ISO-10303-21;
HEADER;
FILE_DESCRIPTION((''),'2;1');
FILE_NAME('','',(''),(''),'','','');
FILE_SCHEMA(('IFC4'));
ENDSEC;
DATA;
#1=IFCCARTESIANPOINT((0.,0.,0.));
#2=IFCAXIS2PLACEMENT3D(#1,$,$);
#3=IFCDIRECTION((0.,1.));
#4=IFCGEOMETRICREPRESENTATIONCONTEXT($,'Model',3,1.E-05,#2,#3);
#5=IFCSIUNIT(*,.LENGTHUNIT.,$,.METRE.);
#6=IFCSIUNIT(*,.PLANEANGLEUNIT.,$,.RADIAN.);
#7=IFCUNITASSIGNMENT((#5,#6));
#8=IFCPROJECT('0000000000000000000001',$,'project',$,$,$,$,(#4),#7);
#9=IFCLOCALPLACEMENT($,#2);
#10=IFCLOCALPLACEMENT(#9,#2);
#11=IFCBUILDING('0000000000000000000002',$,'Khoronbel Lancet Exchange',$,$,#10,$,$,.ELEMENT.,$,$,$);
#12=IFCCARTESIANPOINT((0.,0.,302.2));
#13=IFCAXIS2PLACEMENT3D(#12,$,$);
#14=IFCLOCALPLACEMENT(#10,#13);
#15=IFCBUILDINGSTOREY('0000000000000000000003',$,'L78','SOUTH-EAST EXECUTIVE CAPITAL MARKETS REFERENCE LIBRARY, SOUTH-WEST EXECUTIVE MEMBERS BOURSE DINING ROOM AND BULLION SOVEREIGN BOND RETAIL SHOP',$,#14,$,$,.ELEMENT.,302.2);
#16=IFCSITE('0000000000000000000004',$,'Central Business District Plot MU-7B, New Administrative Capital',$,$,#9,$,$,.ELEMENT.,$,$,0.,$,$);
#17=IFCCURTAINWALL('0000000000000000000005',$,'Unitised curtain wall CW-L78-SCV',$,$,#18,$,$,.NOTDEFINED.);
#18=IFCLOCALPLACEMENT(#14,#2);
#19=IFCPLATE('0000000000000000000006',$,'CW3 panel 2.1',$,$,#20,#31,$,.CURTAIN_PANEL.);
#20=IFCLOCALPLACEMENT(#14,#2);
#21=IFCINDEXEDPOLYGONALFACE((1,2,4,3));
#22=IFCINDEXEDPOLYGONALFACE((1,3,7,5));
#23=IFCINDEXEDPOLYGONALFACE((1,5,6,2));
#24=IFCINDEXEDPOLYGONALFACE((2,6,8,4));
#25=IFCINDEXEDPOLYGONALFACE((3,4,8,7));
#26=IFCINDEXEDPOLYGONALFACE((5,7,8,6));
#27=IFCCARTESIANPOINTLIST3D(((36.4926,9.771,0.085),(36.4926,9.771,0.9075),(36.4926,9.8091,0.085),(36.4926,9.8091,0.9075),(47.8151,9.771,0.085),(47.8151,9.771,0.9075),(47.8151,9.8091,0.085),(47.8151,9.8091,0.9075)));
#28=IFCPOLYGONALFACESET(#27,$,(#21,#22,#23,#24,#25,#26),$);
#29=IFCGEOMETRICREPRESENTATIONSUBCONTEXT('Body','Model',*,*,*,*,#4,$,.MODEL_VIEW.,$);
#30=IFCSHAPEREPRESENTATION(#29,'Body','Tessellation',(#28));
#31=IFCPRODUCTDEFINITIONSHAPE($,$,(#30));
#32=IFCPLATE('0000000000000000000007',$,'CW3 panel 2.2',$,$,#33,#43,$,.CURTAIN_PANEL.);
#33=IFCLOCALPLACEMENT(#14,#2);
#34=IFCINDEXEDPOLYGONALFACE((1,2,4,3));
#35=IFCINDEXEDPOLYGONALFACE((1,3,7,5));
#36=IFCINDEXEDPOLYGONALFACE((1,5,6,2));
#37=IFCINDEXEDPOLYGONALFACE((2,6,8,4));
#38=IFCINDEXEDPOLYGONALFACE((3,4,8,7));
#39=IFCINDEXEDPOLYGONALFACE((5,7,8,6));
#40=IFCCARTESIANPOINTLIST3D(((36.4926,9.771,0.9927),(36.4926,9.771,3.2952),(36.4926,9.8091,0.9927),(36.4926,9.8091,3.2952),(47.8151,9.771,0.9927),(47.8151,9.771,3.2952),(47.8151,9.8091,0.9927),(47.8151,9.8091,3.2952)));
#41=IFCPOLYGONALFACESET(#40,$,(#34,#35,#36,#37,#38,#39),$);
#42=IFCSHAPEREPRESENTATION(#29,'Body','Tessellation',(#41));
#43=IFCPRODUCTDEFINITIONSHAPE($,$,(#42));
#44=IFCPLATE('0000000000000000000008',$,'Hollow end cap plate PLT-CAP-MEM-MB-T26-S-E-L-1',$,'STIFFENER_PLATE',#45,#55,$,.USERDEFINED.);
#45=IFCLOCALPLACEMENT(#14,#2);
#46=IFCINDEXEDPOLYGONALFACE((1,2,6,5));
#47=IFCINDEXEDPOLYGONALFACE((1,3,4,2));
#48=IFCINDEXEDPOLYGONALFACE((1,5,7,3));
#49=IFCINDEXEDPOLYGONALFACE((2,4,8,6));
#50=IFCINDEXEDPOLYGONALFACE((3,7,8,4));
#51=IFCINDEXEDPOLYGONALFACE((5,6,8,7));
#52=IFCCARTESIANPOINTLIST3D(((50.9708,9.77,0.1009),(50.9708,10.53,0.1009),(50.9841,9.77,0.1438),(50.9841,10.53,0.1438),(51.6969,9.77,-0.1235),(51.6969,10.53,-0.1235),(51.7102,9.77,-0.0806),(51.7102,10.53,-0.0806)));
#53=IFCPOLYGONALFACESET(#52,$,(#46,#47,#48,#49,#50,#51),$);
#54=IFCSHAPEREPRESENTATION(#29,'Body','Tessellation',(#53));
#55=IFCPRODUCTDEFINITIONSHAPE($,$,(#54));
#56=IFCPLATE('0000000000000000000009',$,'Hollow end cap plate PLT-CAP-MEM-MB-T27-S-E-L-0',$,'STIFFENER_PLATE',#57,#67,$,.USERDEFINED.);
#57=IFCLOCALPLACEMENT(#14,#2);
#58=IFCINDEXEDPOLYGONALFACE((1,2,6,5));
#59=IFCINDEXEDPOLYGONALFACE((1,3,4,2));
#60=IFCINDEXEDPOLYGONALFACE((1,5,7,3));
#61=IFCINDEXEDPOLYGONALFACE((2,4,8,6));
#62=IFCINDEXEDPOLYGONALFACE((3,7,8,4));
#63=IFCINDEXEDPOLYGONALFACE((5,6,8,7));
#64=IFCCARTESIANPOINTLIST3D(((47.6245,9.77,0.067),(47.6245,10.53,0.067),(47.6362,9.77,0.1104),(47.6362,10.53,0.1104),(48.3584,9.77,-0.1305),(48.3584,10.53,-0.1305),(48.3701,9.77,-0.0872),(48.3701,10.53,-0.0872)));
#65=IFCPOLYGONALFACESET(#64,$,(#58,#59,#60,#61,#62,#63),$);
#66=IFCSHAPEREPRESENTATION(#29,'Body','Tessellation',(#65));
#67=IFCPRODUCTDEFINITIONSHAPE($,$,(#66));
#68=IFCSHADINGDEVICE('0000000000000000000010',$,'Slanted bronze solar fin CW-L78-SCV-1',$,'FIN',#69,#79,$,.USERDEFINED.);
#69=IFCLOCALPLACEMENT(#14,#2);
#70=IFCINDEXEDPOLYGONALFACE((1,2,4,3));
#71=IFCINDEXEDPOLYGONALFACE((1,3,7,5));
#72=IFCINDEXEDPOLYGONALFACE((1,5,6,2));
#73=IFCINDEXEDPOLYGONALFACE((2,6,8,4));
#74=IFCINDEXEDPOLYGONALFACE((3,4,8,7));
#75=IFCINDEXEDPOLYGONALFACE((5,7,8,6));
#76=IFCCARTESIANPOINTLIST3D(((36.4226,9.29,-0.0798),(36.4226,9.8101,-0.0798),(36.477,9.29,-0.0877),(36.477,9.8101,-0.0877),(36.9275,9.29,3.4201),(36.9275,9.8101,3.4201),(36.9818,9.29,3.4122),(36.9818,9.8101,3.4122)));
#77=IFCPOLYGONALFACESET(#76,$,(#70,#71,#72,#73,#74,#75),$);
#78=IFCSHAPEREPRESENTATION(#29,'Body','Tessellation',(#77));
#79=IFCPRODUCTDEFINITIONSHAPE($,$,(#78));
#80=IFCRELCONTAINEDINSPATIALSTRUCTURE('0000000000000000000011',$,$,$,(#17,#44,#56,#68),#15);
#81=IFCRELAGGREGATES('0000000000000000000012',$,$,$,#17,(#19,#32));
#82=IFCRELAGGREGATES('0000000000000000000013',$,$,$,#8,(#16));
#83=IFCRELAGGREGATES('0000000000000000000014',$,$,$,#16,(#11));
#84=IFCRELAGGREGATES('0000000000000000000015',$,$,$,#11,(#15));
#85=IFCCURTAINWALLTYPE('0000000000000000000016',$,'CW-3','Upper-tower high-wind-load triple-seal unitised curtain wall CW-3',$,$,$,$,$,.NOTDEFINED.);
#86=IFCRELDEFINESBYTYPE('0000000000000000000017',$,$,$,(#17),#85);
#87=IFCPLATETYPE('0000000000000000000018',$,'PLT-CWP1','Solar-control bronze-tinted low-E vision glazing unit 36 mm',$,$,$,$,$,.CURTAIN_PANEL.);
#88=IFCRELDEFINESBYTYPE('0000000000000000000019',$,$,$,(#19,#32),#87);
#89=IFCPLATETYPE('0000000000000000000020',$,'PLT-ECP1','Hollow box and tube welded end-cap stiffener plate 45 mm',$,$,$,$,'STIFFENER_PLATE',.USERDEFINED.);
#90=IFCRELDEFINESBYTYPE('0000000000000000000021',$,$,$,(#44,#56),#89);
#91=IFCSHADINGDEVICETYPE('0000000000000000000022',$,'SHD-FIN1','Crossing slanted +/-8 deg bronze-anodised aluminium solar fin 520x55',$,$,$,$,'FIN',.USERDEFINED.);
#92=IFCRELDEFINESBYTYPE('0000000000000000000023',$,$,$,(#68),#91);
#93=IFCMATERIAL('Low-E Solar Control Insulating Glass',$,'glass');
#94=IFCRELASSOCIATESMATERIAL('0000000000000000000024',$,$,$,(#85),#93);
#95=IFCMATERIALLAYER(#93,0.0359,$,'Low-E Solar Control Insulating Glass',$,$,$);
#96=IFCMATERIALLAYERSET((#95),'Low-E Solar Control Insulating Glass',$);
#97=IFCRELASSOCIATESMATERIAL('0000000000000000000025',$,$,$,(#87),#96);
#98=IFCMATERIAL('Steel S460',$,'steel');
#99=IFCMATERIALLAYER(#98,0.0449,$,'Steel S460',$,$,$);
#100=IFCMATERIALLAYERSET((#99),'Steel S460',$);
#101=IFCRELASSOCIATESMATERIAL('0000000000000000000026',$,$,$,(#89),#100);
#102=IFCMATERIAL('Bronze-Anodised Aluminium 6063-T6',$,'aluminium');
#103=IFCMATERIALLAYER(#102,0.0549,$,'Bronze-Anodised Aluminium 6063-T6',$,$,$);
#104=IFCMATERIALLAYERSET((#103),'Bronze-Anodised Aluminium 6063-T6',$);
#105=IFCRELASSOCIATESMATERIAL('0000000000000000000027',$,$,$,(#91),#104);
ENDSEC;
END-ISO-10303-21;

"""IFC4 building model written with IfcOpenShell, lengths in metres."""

from ifc_helpers import new_model, si_unit, direction, frame, origin, origin_2d, place, context, subcontext, project, spatial, polyline, rectangle, outline, extrude, material, layer, layer_set, type_object, element, aggregate, save


model = new_model("IFC4")

# Units and contexts
model_context = context("Model", 3, precision=1e-05, world=origin(), true_north=direction((0.0, 1.0)))
body_context = subcontext(model_context, "Body", "Model", "MODEL_VIEW")
ifc_project = project(units=[si_unit("LENGTHUNIT", "METRE"), si_unit("PLANEANGLEUNIT", "RADIAN")], contexts=[model_context])

# Site, building, storey
site_placement = place(None, origin())
site = spatial("IfcSite", under=ifc_project, at=site_placement, Name="Central Business District Plot MU-7B, New Administrative Capital", CompositionType="ELEMENT", RefElevation=0.0)
building_placement = place(site_placement, origin())
building = spatial("IfcBuilding", under=site, at=building_placement, Name="Khoronbel Lancet Exchange", CompositionType="ELEMENT")
storey_placement = place(building_placement, frame((0.0, 0.0, 302.2)))
storey = spatial("IfcBuildingStorey", under=building, at=storey_placement, Name="L78", Description="SOUTH-EAST EXECUTIVE CAPITAL MARKETS REFERENCE LIBRARY, SOUTH-WEST EXECUTIVE MEMBERS BOURSE DINING ROOM AND BULLION SOVEREIGN BOND RETAIL SHOP", CompositionType="ELEMENT", Elevation=302.2)

# Shared definitions
ifc_material_1 = material(Name="Steel S460", Category="steel")

# Curtain wall
ifc_material_2 = material(Name="Low-E Solar Control Insulating Glass", Category="glass")
curtain_wall_type = type_object("IfcCurtainWallType", Name="CW-3", Description="Upper-tower high-wind-load triple-seal unitised curtain wall CW-3", PredefinedType="NOTDEFINED", material=ifc_material_2)
curtain_wall_1_placement = place(storey_placement, origin())
curtain_wall_1 = element("IfcCurtainWall", 1, at=curtain_wall_1_placement, inside=storey, type_object=curtain_wall_type, Name="Unitised curtain wall CW-L78-SCV", PredefinedType="NOTDEFINED")
ifc_material_3 = material(Name="Bronze-Anodised Aluminium 6063-T6", Category="aluminium")

# Plates
ifc_layer_1 = layer(ifc_material_2, 0.0359, Name="Low-E Solar Control Insulating Glass")
ifc_layer_set_1 = layer_set([ifc_layer_1], Name="Low-E Solar Control Insulating Glass")
plate_type_1 = type_object("IfcPlateType", Name="PLT-CWP1", Description="Solar-control bronze-tinted low-E vision glazing unit 36 mm", PredefinedType="CURTAIN_PANEL", material=ifc_layer_set_1)
plate_1_placement = place(storey_placement, frame((42.1538, 9.79, 0.085), z_axis=(0.0, 0.0, 1.0), x_axis=(1.0, 0.0, 0.0)))
plate_1 = element("IfcPlate", 2, at=plate_1_placement, type_object=plate_type_1, Name="CW3 panel 2.1", PredefinedType="CURTAIN_PANEL", context=body_context, shape_type="SweptSolid", body=[
    extrude(rectangle(XDim=11.3225, YDim=0.0381, at=origin_2d()), origin(), (0.0, 0.0, 1.0), 0.8225),
])
plate_2_placement = place(storey_placement, frame((42.1538, 9.79, 0.9927), z_axis=(0.0, 0.0, 1.0), x_axis=(1.0, 0.0, 0.0)))
plate_2 = element("IfcPlate", 3, at=plate_2_placement, type_object=plate_type_1, Name="CW3 panel 2.2", PredefinedType="CURTAIN_PANEL", context=body_context, shape_type="SweptSolid", body=[
    extrude(rectangle(XDim=11.3225, YDim=0.0381, at=origin_2d()), origin(), (0.0, 0.0, 1.0), 2.3025),
])
aggregate(curtain_wall_1, [plate_1, plate_2])

# Plates
ifc_layer_2 = layer(ifc_material_1, 0.0449, Name="Steel S460")
ifc_layer_set_2 = layer_set([ifc_layer_2], Name="Steel S460")
plate_type_2 = type_object("IfcPlateType", Name="PLT-ECP1", Description="Hollow box and tube welded end-cap stiffener plate 45 mm", ElementType="STIFFENER_PLATE", PredefinedType="USERDEFINED", material=ifc_layer_set_2)
for number, where, z_axis, x_axis, name in (
    (4, (51.7102, 9.77, -0.0806), (0.295237, 0.0, 0.955424), (0.0, 1.0, 0.0), "Hollow end cap plate PLT-CAP-MEM-MB-T26-S-E-L-1"),
    (5, (48.3701, 9.77, -0.0872), (0.259881, 0.0, 0.965641), (0.0, 1.0, 0.0), "Hollow end cap plate PLT-CAP-MEM-MB-T27-S-E-L-0"),
):
    element("IfcPlate", number, at=place(storey_placement, frame(where, z_axis=z_axis, x_axis=x_axis)), inside=storey, type_object=plate_type_2, Name=name, ObjectType="STIFFENER_PLATE", PredefinedType="USERDEFINED", context=body_context, shape_type="SweptSolid", body=[
        extrude(outline(polyline([(0.0, 0.0), (0.76, 0.0), (0.76, 0.76), (0.0, 0.76), (0.0, 0.0)])), origin(), (0.0, 0.0, -1.0), 0.0449),
    ])

# Shading device
ifc_layer_3 = layer(ifc_material_3, 0.0549, Name="Bronze-Anodised Aluminium 6063-T6")
ifc_layer_set_3 = layer_set([ifc_layer_3], Name="Bronze-Anodised Aluminium 6063-T6")
shading_device_type = type_object("IfcShadingDeviceType", Name="SHD-FIN1", Description="Crossing slanted +/-8 deg bronze-anodised aluminium solar fin 520x55", ElementType="FIN", PredefinedType="USERDEFINED", material=ifc_layer_set_3)
shading_device_placement = place(storey_placement, frame((36.4226, 9.8101, -0.0798), z_axis=(-0.989755, 0.0, 0.142774), x_axis=(0.0, -1.0, 0.0)))
element("IfcShadingDevice", 6, at=shading_device_placement, inside=storey, type_object=shading_device_type, Name="Slanted bronze solar fin CW-L78-SCV-1", ObjectType="FIN", PredefinedType="USERDEFINED", context=body_context, shape_type="SweptSolid", body=[
    extrude(outline(polyline([(0.0, 0.0), (0.52, 0.0), (0.52, 3.5361), (0.0, 3.5361), (0.0, 0.0)])), origin(), (0.0, 0.0, -1.0), 0.0549),
])

save(model, "model.ifc")
